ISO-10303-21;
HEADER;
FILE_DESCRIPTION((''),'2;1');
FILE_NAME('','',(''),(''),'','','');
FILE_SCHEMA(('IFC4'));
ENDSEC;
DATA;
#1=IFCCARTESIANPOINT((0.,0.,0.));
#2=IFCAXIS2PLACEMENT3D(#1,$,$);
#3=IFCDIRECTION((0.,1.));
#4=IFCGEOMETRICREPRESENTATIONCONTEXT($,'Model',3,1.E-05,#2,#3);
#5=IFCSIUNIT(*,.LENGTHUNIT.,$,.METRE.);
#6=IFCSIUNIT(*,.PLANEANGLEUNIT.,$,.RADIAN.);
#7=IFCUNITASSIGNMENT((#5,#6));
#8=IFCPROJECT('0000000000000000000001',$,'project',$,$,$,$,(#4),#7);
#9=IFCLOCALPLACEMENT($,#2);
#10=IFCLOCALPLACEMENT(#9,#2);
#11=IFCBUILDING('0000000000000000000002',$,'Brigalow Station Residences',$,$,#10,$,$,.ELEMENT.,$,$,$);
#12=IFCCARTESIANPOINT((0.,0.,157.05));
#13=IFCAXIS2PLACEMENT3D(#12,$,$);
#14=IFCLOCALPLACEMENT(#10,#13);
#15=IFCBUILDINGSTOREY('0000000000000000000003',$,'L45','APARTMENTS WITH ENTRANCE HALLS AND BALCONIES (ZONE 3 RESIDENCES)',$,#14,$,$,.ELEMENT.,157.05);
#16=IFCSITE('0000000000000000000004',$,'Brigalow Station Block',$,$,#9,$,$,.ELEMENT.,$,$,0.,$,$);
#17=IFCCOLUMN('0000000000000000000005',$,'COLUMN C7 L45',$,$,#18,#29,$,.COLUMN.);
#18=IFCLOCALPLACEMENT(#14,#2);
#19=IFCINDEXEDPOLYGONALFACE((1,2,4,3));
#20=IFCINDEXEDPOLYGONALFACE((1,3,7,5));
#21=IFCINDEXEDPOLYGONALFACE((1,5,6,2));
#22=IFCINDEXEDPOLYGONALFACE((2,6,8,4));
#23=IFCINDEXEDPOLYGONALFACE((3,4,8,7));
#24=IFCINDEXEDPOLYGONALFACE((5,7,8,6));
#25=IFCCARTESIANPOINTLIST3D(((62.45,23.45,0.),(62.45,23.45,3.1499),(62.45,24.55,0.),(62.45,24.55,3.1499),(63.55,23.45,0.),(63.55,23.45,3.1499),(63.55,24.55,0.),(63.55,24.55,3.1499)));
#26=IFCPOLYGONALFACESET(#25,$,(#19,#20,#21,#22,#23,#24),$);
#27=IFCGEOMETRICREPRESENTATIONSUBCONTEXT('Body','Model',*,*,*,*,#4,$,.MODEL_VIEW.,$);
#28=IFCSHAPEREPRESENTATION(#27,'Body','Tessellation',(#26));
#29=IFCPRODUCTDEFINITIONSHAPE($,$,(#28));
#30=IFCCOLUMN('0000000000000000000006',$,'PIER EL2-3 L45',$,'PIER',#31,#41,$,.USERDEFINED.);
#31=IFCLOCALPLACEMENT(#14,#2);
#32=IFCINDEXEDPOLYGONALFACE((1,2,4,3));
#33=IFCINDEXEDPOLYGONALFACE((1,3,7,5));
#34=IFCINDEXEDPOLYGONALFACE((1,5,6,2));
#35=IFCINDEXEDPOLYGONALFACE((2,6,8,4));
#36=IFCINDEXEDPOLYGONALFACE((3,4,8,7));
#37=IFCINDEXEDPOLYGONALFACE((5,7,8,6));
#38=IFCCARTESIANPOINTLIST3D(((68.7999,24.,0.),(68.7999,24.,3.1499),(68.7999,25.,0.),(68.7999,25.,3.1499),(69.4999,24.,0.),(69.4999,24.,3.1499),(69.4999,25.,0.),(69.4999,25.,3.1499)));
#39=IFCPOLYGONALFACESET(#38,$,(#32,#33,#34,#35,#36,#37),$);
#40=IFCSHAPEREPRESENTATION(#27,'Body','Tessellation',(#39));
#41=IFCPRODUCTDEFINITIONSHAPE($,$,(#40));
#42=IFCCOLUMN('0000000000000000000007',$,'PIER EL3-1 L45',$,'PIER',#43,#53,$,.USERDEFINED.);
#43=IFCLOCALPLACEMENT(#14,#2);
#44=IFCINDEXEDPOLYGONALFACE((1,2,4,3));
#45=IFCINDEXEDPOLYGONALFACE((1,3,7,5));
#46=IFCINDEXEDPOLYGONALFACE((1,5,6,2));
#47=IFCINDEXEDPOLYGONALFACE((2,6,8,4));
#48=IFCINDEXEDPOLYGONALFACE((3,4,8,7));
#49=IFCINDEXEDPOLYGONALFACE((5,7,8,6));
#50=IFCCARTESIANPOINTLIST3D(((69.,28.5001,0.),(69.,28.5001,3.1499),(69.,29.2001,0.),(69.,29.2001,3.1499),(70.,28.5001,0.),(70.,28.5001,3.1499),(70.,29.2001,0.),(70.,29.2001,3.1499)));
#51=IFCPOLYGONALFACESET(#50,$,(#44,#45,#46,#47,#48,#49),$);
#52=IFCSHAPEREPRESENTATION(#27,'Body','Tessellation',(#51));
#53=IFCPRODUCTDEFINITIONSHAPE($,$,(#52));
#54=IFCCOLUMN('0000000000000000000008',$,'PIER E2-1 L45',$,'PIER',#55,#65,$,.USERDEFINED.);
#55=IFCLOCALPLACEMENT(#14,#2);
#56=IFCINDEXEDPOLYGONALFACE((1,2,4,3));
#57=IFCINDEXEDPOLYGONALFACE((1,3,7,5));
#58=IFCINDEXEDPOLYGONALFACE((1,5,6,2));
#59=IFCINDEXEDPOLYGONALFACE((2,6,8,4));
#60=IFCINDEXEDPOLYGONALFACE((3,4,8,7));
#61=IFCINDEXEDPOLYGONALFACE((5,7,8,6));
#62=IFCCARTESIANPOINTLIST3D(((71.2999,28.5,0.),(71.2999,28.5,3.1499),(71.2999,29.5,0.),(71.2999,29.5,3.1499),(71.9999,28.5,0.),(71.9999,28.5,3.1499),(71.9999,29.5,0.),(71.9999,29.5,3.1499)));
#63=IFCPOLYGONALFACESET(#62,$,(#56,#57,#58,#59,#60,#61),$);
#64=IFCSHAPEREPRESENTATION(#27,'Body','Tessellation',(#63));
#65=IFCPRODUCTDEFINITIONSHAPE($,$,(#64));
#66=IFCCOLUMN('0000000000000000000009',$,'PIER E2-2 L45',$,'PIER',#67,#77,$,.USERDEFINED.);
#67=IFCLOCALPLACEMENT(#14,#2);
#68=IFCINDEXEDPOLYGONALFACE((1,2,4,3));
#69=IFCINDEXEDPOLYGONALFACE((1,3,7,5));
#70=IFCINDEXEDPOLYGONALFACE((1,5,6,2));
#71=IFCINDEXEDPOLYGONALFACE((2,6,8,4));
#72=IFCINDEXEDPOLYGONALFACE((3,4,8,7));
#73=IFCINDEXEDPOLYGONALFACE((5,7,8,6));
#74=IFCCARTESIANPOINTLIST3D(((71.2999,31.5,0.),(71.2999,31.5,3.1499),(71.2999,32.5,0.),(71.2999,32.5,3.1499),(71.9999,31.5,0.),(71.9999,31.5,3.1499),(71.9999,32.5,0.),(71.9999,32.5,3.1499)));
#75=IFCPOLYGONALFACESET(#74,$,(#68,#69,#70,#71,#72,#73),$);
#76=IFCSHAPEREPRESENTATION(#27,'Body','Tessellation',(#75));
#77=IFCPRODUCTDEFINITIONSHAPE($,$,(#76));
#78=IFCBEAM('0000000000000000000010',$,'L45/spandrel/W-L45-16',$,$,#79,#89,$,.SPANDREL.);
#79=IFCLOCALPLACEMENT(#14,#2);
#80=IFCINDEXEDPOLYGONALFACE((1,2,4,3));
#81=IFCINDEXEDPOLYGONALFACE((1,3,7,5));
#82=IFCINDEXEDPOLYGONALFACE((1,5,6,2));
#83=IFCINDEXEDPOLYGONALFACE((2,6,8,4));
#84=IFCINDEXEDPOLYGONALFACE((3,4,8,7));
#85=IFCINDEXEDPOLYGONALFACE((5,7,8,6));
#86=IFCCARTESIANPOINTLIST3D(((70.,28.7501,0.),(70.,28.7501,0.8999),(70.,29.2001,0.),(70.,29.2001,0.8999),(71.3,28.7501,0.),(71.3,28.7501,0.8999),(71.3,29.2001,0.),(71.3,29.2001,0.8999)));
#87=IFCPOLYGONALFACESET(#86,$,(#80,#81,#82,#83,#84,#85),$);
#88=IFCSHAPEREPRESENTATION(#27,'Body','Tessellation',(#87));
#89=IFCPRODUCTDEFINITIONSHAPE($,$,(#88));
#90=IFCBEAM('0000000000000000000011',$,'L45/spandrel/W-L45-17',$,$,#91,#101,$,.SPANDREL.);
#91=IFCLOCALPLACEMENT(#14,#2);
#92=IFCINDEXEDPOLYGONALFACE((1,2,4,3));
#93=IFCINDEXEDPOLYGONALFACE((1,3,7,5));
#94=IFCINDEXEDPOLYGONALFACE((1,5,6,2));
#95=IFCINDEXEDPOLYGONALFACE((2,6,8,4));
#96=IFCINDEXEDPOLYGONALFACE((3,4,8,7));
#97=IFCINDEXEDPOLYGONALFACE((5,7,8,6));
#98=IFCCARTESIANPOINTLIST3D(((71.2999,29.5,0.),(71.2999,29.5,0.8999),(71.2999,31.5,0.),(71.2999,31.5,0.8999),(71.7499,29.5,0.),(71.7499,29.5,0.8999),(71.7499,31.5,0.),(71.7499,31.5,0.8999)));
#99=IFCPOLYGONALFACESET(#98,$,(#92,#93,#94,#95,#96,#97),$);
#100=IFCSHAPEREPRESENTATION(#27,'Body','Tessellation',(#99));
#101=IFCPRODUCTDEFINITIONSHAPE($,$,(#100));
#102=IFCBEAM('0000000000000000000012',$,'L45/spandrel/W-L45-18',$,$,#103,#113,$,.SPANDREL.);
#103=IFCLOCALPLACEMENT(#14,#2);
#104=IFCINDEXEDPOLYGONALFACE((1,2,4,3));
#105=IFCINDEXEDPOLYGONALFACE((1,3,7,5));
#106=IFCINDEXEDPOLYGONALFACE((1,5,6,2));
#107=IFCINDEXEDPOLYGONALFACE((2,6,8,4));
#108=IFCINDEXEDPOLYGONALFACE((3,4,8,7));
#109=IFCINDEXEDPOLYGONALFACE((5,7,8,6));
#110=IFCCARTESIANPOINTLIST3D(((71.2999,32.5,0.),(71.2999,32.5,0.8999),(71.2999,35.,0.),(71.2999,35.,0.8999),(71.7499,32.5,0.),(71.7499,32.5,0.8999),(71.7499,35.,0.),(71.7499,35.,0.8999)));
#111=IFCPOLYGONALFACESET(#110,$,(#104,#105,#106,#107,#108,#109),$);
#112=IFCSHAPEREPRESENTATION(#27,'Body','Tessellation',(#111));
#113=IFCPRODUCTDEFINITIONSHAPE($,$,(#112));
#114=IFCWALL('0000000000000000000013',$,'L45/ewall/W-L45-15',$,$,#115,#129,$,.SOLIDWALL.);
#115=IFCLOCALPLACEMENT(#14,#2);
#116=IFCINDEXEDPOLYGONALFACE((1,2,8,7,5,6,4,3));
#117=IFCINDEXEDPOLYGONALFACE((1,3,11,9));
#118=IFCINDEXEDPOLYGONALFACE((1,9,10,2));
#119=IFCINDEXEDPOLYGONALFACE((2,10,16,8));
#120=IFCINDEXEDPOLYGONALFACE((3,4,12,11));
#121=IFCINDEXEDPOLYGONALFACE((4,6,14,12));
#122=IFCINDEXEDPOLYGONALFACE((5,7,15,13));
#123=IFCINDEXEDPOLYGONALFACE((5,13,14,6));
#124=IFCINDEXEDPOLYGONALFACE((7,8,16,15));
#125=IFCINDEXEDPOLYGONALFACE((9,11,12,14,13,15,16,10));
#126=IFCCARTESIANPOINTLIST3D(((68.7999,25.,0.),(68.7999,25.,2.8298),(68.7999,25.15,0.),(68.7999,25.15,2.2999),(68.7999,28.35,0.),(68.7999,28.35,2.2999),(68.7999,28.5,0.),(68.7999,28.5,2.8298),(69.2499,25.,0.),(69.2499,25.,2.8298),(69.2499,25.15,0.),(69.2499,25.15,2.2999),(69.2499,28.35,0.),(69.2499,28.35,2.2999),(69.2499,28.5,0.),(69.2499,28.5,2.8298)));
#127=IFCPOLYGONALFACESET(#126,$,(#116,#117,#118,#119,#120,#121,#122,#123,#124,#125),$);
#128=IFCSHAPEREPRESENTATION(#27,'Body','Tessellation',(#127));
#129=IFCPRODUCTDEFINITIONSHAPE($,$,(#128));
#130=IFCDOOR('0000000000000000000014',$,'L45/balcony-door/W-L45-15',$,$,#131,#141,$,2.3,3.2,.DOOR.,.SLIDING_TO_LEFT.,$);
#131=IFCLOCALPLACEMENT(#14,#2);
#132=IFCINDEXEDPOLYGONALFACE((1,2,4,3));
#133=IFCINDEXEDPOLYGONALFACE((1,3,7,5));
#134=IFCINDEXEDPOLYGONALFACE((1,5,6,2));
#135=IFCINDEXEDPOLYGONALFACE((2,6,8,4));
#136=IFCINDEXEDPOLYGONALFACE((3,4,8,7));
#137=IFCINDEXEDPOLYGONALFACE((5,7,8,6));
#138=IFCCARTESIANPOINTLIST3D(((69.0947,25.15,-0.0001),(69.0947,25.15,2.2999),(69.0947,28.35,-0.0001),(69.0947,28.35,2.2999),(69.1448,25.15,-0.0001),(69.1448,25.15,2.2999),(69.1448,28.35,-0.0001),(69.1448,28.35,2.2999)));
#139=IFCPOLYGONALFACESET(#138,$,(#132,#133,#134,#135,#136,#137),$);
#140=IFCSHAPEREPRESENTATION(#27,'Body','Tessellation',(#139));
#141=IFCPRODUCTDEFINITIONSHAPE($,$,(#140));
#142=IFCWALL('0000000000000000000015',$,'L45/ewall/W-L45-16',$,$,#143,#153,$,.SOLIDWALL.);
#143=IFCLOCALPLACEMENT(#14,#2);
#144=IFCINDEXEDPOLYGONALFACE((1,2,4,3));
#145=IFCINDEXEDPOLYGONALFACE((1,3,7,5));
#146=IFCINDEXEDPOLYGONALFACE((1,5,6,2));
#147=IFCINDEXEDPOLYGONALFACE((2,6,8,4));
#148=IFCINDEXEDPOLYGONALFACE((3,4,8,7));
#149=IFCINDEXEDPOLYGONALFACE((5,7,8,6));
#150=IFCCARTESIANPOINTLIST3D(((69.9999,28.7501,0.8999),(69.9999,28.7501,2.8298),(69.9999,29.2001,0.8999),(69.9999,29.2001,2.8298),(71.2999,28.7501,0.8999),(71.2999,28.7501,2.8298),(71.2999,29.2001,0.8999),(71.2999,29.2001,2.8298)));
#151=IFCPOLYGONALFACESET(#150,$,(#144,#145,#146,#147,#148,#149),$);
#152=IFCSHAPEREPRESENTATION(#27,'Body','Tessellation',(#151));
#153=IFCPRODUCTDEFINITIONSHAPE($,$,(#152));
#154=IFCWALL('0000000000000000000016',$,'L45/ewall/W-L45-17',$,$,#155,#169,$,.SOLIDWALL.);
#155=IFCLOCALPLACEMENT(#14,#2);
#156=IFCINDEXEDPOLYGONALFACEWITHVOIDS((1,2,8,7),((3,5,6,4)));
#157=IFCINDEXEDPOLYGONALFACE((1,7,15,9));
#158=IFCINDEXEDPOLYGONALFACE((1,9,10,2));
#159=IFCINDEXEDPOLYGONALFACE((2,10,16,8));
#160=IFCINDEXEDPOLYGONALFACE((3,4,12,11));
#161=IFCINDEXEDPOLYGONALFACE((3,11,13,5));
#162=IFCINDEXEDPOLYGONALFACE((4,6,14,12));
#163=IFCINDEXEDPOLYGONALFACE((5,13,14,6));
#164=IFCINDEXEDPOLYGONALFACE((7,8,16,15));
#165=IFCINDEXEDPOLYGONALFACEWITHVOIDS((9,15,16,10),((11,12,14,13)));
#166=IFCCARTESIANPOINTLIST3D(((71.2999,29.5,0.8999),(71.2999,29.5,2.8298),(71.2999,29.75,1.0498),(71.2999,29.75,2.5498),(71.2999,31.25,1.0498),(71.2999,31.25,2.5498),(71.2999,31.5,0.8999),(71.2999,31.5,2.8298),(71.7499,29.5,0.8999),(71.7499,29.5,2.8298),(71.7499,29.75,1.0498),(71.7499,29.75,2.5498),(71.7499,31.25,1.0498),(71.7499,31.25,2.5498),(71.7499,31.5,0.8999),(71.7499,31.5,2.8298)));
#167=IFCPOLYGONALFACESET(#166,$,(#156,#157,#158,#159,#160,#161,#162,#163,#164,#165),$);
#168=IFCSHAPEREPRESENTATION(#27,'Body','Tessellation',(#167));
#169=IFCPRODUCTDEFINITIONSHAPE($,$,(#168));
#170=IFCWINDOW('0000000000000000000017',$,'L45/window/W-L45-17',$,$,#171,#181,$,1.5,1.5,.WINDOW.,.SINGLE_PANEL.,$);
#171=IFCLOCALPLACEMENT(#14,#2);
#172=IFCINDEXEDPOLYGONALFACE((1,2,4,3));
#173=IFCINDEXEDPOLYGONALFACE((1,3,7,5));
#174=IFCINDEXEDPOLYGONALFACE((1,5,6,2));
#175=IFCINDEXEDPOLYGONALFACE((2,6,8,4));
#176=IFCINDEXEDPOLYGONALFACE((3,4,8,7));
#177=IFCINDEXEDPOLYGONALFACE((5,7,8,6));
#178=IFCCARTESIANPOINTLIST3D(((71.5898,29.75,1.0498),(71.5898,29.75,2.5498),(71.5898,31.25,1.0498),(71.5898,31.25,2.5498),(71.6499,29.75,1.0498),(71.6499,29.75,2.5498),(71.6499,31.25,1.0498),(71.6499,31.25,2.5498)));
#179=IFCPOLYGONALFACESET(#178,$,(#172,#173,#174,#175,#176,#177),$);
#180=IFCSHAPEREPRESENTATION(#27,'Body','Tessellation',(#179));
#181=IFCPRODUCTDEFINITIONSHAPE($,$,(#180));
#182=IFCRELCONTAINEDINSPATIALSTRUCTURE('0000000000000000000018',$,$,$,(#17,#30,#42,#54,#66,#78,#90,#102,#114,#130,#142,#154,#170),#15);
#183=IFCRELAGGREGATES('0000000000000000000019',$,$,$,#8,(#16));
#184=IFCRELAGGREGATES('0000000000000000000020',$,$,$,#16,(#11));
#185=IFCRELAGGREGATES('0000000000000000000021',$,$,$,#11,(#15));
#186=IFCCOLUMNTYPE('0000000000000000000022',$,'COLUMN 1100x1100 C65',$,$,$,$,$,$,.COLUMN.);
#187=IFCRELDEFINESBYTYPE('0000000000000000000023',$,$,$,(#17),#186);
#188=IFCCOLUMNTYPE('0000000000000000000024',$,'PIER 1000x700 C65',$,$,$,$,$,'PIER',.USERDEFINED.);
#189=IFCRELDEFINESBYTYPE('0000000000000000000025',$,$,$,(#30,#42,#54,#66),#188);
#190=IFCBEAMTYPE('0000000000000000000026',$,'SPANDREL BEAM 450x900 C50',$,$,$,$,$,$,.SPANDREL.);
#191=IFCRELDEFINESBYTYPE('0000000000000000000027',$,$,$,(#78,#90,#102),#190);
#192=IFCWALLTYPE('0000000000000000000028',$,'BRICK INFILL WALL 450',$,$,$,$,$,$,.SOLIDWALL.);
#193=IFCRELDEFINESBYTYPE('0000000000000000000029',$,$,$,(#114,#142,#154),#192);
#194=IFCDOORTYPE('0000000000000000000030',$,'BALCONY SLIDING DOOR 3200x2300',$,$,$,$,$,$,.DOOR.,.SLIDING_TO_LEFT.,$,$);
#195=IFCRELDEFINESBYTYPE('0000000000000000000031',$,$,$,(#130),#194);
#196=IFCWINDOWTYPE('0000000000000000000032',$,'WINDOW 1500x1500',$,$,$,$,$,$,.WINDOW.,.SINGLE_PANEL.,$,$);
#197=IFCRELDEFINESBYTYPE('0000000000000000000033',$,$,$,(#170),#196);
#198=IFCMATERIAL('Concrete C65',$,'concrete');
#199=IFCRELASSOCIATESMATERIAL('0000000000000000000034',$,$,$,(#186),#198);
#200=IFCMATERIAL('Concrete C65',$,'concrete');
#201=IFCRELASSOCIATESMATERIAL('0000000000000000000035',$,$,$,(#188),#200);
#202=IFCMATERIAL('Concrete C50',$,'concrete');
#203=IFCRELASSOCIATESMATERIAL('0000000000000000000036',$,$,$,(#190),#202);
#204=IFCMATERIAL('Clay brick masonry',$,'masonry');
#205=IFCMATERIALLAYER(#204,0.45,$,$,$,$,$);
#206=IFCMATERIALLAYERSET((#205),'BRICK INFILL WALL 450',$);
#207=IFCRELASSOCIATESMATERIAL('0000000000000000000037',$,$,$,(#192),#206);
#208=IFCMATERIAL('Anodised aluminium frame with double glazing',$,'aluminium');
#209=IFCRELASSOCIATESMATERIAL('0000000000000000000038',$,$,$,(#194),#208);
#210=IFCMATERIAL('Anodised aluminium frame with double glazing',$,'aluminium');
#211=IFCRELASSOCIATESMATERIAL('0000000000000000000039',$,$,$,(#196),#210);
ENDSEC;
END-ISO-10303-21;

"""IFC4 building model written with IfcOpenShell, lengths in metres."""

from ifc_helpers import new_model, si_unit, direction, frame, frame_2d, origin, origin_2d, place, context, subcontext, project, spatial, rectangle, extrude, material, layer, layer_set, material_profile, profile_set, type_object, element, fill, save


model = new_model("IFC4")

# Units and contexts
model_context = context("Model", 3, precision=1e-05, world=origin(), true_north=direction((0.0, 1.0)))
body_context = subcontext(model_context, "Body", "Model", "MODEL_VIEW")
ifc_project = project(units=[si_unit("LENGTHUNIT", "METRE"), si_unit("PLANEANGLEUNIT", "RADIAN")], contexts=[model_context])

# Site, building, storey
site_placement = place(None, origin())
site = spatial("IfcSite", under=ifc_project, at=site_placement, Name="Brigalow Station Block", CompositionType="ELEMENT", RefElevation=0.0)
building_placement = place(site_placement, origin())
building = spatial("IfcBuilding", under=site, at=building_placement, Name="Brigalow Station Residences", CompositionType="ELEMENT")
storey_placement = place(building_placement, frame((0.0, 0.0, 157.05)))
storey = spatial("IfcBuildingStorey", under=building, at=storey_placement, Name="L45", Description="APARTMENTS WITH ENTRANCE HALLS AND BALCONIES (ZONE 3 RESIDENCES)", CompositionType="ELEMENT", Elevation=157.05)

# Columns
ifc_material_1 = material(Name="Concrete C65", Category="concrete")
ifc_material_profile_1 = material_profile(ifc_material_1, rectangle(XDim=1.1001, YDim=1.1001, at=origin_2d()), Name="RC1100x1100")
ifc_profile_set_1 = profile_set([ifc_material_profile_1], Name="Concrete C65")
column_type_1 = type_object("IfcColumnType", Name="COLUMN 1100x1100 C65", PredefinedType="COLUMN", material=ifc_profile_set_1)
column_placement = place(storey_placement, frame((63.0, 24.0, 0.0), z_axis=(0.0, 0.0, 1.0), x_axis=(1.0, 0.0, 0.0)))
element("IfcColumn", 1, at=column_placement, inside=storey, type_object=column_type_1, Name="COLUMN C7 L45", PredefinedType="COLUMN", context=body_context, shape_type="SweptSolid", body=[
    extrude(rectangle(XDim=1.1001, YDim=1.1001, at=origin_2d()), origin(), (0.0, 0.0, 1.0), 3.1499),
])
ifc_material_2 = material(Name="Concrete C65", Category="concrete")
ifc_material_profile_2 = material_profile(ifc_material_2, rectangle(XDim=1.0, YDim=0.7, at=origin_2d()), Name="RC1000x700")
ifc_profile_set_2 = profile_set([ifc_material_profile_2], Name="Concrete C65")
column_type_2 = type_object("IfcColumnType", Name="PIER 1000x700 C65", ElementType="PIER", PredefinedType="USERDEFINED", material=ifc_profile_set_2)
for number, where, z_axis, x_axis, name in (
    (2, (69.1499, 24.5, 0.0), (0.0, 0.0, 1.0), (0.0, 1.0, 0.0), "PIER EL2-3 L45"),
    (3, (69.5, 28.8501, 0.0), (0.0, 0.0, 1.0), (1.0, 0.0, 0.0), "PIER EL3-1 L45"),
    (4, (71.6499, 29.0, 0.0), (0.0, 0.0, 1.0), (0.0, 1.0, 0.0), "PIER E2-1 L45"),
    (5, (71.6499, 32.0, 0.0), (0.0, 0.0, 1.0), (0.0, 1.0, 0.0), "PIER E2-2 L45"),
):
    element("IfcColumn", number, at=place(storey_placement, frame(where, z_axis=z_axis, x_axis=x_axis)), inside=storey, type_object=column_type_2, Name=name, ObjectType="PIER", PredefinedType="USERDEFINED", context=body_context, shape_type="SweptSolid", body=[
        extrude(rectangle(XDim=1.0, YDim=0.7, at=origin_2d()), origin(), (0.0, 0.0, 1.0), 3.1499),
    ])

# Beams
ifc_material_3 = material(Name="Concrete C50", Category="concrete")
ifc_material_profile_3 = material_profile(ifc_material_3, rectangle(XDim=0.45, YDim=0.8999, at=origin_2d()), Name="RC450x900")
ifc_profile_set_3 = profile_set([ifc_material_profile_3], Name="Concrete C50")
beam_type = type_object("IfcBeamType", Name="SPANDREL BEAM 450x900 C50", PredefinedType="SPANDREL", material=ifc_profile_set_3)
beam_1_placement = place(storey_placement, frame((70.0, 28.9751, 0.45), z_axis=(1.0, 0.0, 0.0), x_axis=(0.0, 1.0, 0.0)))
element("IfcBeam", 6, at=beam_1_placement, inside=storey, type_object=beam_type, Name="L45/spandrel/W-L45-16", PredefinedType="SPANDREL", context=body_context, shape_type="SweptSolid", body=[
    extrude(rectangle(XDim=0.45, YDim=0.8999, at=origin_2d()), origin(), (0.0, 0.0, 1.0), 1.3),
])
beam_2_placement = place(storey_placement, frame((71.5249, 29.5, 0.45), z_axis=(0.0, 1.0, 0.0), x_axis=(-1.0, 0.0, 0.0)))
element("IfcBeam", 7, at=beam_2_placement, inside=storey, type_object=beam_type, Name="L45/spandrel/W-L45-17", PredefinedType="SPANDREL", context=body_context, shape_type="SweptSolid", body=[
    extrude(rectangle(XDim=0.45, YDim=0.8999, at=origin_2d()), origin(), (0.0, 0.0, 1.0), 2.0),
])
beam_3_placement = place(storey_placement, frame((71.5249, 32.5, 0.45), z_axis=(0.0, 1.0, 0.0), x_axis=(-1.0, 0.0, 0.0)))
element("IfcBeam", 8, at=beam_3_placement, inside=storey, type_object=beam_type, Name="L45/spandrel/W-L45-18", PredefinedType="SPANDREL", context=body_context, shape_type="SweptSolid", body=[
    extrude(rectangle(XDim=0.45, YDim=0.8999, at=origin_2d()), origin(), (0.0, 0.0, 1.0), 2.5),
])

# Wall, opening, door
ifc_material_4 = material(Name="Clay brick masonry", Category="masonry")
ifc_layer_1 = layer(ifc_material_4, 0.45)
ifc_layer_set_1 = layer_set([ifc_layer_1], Name="BRICK INFILL WALL 450")
wall_type_1 = type_object("IfcWallType", Name="BRICK INFILL WALL 450", PredefinedType="SOLIDWALL", material=ifc_layer_set_1)
wall_1_placement = place(storey_placement, frame((69.0249, 25.0, 0.0), z_axis=(0.0, 0.0, 1.0), x_axis=(0.0, 1.0, 0.0)))
wall_1 = element("IfcWall", 9, at=wall_1_placement, inside=storey, type_object=wall_type_1, Name="L45/ewall/W-L45-15", PredefinedType="SOLIDWALL", context=body_context, shape_type="SweptSolid", body=[
    extrude(rectangle(XDim=3.5, YDim=0.45, at=frame_2d((1.75, 0.0))), origin(), (0.0, 0.0, 1.0), 2.8298),
])
opening_1_placement = place(wall_1_placement, frame((0.1499, 0.0, 0.0)))
opening_1 = element("IfcOpeningElement", 10, at=opening_1_placement, cuts=wall_1, PredefinedType="OPENING", context=body_context, shape_type="SweptSolid", body=[
    extrude(rectangle(XDim=3.2, YDim=2.3, at=frame_2d((1.6001, 1.1499))), frame((0.0, 0.2349, 0.0), z_axis=(0.0, -1.0, 0.0), x_axis=(1.0, 0.0, 0.0)), (0.0, 0.0, 1.0), 0.47),
])
ifc_material_5 = material(Name="Anodised aluminium frame with double glazing", Category="aluminium")
door_type_1 = type_object("IfcDoorType", Name="BALCONY SLIDING DOOR 3200x2300", OperationType="SLIDING_TO_LEFT", PredefinedType="DOOR", material=ifc_material_5)
door_1_placement = place(opening_1_placement, origin())
door_1 = element("IfcDoor", 11, at=door_1_placement, inside=storey, type_object=door_type_1, Name="L45/balcony-door/W-L45-15", OperationType="SLIDING_TO_LEFT", OverallHeight=2.3, OverallWidth=3.2, PredefinedType="DOOR", context=body_context, shape_type="SweptSolid", body=[
    extrude(rectangle(XDim=3.2, YDim=2.3, at=frame_2d((1.6001, 1.1499))), frame((0.0, -0.0698, 0.0), z_axis=(0.0, -1.0, 0.0), x_axis=(1.0, 0.0, 0.0)), (0.0, 0.0, 1.0), 0.05),
])
fill(opening_1, door_1)

# Wall
wall_2_placement = place(storey_placement, frame((70.0, 28.9751, 0.8999), z_axis=(0.0, 0.0, 1.0), x_axis=(1.0, 0.0, 0.0)))
element("IfcWall", 12, at=wall_2_placement, inside=storey, type_object=wall_type_1, Name="L45/ewall/W-L45-16", PredefinedType="SOLIDWALL", context=body_context, shape_type="SweptSolid", body=[
    extrude(rectangle(XDim=1.3, YDim=0.45, at=frame_2d((0.6499, 0.0))), origin(), (0.0, 0.0, 1.0), 1.9299),
])

# Wall, opening, window
wall_3_placement = place(storey_placement, frame((71.5249, 29.5, 0.8999), z_axis=(0.0, 0.0, 1.0), x_axis=(0.0, 1.0, 0.0)))
wall_3 = element("IfcWall", 13, at=wall_3_placement, inside=storey, type_object=wall_type_1, Name="L45/ewall/W-L45-17", PredefinedType="SOLIDWALL", context=body_context, shape_type="SweptSolid", body=[
    extrude(rectangle(XDim=2.0, YDim=0.45, at=frame_2d((1.0, 0.0))), origin(), (0.0, 0.0, 1.0), 1.9299),
])
opening_2_placement = place(wall_3_placement, frame((0.25, 0.0, 0.1499)))
opening_2 = element("IfcOpeningElement", 14, at=opening_2_placement, cuts=wall_3, PredefinedType="OPENING", context=body_context, shape_type="SweptSolid", body=[
    extrude(rectangle(XDim=1.5, YDim=1.5, at=frame_2d((0.75, 0.75))), frame((0.0, 0.2349, 0.0), z_axis=(0.0, -1.0, 0.0), x_axis=(1.0, 0.0, 0.0)), (0.0, 0.0, 1.0), 0.47),
])
ifc_material_6 = material(Name="Anodised aluminium frame with double glazing", Category="aluminium")
window_type_1 = type_object("IfcWindowType", Name="WINDOW 1500x1500", PartitioningType="SINGLE_PANEL", PredefinedType="WINDOW", material=ifc_material_6)
window_1_placement = place(opening_2_placement, origin())
window_1 = element("IfcWindow", 15, at=window_1_placement, inside=storey, type_object=window_type_1, Name="L45/window/W-L45-17", OverallHeight=1.5, OverallWidth=1.5, PartitioningType="SINGLE_PANEL", PredefinedType="WINDOW", context=body_context, shape_type="SweptSolid", body=[
    extrude(rectangle(XDim=1.5, YDim=1.5, at=frame_2d((0.75, 0.75))), frame((0.0, -0.0649, 0.0), z_axis=(0.0, -1.0, 0.0), x_axis=(1.0, 0.0, 0.0)), (0.0, 0.0, 1.0), 0.0601),
])
fill(opening_2, window_1)

save(model, "model.ifc")
